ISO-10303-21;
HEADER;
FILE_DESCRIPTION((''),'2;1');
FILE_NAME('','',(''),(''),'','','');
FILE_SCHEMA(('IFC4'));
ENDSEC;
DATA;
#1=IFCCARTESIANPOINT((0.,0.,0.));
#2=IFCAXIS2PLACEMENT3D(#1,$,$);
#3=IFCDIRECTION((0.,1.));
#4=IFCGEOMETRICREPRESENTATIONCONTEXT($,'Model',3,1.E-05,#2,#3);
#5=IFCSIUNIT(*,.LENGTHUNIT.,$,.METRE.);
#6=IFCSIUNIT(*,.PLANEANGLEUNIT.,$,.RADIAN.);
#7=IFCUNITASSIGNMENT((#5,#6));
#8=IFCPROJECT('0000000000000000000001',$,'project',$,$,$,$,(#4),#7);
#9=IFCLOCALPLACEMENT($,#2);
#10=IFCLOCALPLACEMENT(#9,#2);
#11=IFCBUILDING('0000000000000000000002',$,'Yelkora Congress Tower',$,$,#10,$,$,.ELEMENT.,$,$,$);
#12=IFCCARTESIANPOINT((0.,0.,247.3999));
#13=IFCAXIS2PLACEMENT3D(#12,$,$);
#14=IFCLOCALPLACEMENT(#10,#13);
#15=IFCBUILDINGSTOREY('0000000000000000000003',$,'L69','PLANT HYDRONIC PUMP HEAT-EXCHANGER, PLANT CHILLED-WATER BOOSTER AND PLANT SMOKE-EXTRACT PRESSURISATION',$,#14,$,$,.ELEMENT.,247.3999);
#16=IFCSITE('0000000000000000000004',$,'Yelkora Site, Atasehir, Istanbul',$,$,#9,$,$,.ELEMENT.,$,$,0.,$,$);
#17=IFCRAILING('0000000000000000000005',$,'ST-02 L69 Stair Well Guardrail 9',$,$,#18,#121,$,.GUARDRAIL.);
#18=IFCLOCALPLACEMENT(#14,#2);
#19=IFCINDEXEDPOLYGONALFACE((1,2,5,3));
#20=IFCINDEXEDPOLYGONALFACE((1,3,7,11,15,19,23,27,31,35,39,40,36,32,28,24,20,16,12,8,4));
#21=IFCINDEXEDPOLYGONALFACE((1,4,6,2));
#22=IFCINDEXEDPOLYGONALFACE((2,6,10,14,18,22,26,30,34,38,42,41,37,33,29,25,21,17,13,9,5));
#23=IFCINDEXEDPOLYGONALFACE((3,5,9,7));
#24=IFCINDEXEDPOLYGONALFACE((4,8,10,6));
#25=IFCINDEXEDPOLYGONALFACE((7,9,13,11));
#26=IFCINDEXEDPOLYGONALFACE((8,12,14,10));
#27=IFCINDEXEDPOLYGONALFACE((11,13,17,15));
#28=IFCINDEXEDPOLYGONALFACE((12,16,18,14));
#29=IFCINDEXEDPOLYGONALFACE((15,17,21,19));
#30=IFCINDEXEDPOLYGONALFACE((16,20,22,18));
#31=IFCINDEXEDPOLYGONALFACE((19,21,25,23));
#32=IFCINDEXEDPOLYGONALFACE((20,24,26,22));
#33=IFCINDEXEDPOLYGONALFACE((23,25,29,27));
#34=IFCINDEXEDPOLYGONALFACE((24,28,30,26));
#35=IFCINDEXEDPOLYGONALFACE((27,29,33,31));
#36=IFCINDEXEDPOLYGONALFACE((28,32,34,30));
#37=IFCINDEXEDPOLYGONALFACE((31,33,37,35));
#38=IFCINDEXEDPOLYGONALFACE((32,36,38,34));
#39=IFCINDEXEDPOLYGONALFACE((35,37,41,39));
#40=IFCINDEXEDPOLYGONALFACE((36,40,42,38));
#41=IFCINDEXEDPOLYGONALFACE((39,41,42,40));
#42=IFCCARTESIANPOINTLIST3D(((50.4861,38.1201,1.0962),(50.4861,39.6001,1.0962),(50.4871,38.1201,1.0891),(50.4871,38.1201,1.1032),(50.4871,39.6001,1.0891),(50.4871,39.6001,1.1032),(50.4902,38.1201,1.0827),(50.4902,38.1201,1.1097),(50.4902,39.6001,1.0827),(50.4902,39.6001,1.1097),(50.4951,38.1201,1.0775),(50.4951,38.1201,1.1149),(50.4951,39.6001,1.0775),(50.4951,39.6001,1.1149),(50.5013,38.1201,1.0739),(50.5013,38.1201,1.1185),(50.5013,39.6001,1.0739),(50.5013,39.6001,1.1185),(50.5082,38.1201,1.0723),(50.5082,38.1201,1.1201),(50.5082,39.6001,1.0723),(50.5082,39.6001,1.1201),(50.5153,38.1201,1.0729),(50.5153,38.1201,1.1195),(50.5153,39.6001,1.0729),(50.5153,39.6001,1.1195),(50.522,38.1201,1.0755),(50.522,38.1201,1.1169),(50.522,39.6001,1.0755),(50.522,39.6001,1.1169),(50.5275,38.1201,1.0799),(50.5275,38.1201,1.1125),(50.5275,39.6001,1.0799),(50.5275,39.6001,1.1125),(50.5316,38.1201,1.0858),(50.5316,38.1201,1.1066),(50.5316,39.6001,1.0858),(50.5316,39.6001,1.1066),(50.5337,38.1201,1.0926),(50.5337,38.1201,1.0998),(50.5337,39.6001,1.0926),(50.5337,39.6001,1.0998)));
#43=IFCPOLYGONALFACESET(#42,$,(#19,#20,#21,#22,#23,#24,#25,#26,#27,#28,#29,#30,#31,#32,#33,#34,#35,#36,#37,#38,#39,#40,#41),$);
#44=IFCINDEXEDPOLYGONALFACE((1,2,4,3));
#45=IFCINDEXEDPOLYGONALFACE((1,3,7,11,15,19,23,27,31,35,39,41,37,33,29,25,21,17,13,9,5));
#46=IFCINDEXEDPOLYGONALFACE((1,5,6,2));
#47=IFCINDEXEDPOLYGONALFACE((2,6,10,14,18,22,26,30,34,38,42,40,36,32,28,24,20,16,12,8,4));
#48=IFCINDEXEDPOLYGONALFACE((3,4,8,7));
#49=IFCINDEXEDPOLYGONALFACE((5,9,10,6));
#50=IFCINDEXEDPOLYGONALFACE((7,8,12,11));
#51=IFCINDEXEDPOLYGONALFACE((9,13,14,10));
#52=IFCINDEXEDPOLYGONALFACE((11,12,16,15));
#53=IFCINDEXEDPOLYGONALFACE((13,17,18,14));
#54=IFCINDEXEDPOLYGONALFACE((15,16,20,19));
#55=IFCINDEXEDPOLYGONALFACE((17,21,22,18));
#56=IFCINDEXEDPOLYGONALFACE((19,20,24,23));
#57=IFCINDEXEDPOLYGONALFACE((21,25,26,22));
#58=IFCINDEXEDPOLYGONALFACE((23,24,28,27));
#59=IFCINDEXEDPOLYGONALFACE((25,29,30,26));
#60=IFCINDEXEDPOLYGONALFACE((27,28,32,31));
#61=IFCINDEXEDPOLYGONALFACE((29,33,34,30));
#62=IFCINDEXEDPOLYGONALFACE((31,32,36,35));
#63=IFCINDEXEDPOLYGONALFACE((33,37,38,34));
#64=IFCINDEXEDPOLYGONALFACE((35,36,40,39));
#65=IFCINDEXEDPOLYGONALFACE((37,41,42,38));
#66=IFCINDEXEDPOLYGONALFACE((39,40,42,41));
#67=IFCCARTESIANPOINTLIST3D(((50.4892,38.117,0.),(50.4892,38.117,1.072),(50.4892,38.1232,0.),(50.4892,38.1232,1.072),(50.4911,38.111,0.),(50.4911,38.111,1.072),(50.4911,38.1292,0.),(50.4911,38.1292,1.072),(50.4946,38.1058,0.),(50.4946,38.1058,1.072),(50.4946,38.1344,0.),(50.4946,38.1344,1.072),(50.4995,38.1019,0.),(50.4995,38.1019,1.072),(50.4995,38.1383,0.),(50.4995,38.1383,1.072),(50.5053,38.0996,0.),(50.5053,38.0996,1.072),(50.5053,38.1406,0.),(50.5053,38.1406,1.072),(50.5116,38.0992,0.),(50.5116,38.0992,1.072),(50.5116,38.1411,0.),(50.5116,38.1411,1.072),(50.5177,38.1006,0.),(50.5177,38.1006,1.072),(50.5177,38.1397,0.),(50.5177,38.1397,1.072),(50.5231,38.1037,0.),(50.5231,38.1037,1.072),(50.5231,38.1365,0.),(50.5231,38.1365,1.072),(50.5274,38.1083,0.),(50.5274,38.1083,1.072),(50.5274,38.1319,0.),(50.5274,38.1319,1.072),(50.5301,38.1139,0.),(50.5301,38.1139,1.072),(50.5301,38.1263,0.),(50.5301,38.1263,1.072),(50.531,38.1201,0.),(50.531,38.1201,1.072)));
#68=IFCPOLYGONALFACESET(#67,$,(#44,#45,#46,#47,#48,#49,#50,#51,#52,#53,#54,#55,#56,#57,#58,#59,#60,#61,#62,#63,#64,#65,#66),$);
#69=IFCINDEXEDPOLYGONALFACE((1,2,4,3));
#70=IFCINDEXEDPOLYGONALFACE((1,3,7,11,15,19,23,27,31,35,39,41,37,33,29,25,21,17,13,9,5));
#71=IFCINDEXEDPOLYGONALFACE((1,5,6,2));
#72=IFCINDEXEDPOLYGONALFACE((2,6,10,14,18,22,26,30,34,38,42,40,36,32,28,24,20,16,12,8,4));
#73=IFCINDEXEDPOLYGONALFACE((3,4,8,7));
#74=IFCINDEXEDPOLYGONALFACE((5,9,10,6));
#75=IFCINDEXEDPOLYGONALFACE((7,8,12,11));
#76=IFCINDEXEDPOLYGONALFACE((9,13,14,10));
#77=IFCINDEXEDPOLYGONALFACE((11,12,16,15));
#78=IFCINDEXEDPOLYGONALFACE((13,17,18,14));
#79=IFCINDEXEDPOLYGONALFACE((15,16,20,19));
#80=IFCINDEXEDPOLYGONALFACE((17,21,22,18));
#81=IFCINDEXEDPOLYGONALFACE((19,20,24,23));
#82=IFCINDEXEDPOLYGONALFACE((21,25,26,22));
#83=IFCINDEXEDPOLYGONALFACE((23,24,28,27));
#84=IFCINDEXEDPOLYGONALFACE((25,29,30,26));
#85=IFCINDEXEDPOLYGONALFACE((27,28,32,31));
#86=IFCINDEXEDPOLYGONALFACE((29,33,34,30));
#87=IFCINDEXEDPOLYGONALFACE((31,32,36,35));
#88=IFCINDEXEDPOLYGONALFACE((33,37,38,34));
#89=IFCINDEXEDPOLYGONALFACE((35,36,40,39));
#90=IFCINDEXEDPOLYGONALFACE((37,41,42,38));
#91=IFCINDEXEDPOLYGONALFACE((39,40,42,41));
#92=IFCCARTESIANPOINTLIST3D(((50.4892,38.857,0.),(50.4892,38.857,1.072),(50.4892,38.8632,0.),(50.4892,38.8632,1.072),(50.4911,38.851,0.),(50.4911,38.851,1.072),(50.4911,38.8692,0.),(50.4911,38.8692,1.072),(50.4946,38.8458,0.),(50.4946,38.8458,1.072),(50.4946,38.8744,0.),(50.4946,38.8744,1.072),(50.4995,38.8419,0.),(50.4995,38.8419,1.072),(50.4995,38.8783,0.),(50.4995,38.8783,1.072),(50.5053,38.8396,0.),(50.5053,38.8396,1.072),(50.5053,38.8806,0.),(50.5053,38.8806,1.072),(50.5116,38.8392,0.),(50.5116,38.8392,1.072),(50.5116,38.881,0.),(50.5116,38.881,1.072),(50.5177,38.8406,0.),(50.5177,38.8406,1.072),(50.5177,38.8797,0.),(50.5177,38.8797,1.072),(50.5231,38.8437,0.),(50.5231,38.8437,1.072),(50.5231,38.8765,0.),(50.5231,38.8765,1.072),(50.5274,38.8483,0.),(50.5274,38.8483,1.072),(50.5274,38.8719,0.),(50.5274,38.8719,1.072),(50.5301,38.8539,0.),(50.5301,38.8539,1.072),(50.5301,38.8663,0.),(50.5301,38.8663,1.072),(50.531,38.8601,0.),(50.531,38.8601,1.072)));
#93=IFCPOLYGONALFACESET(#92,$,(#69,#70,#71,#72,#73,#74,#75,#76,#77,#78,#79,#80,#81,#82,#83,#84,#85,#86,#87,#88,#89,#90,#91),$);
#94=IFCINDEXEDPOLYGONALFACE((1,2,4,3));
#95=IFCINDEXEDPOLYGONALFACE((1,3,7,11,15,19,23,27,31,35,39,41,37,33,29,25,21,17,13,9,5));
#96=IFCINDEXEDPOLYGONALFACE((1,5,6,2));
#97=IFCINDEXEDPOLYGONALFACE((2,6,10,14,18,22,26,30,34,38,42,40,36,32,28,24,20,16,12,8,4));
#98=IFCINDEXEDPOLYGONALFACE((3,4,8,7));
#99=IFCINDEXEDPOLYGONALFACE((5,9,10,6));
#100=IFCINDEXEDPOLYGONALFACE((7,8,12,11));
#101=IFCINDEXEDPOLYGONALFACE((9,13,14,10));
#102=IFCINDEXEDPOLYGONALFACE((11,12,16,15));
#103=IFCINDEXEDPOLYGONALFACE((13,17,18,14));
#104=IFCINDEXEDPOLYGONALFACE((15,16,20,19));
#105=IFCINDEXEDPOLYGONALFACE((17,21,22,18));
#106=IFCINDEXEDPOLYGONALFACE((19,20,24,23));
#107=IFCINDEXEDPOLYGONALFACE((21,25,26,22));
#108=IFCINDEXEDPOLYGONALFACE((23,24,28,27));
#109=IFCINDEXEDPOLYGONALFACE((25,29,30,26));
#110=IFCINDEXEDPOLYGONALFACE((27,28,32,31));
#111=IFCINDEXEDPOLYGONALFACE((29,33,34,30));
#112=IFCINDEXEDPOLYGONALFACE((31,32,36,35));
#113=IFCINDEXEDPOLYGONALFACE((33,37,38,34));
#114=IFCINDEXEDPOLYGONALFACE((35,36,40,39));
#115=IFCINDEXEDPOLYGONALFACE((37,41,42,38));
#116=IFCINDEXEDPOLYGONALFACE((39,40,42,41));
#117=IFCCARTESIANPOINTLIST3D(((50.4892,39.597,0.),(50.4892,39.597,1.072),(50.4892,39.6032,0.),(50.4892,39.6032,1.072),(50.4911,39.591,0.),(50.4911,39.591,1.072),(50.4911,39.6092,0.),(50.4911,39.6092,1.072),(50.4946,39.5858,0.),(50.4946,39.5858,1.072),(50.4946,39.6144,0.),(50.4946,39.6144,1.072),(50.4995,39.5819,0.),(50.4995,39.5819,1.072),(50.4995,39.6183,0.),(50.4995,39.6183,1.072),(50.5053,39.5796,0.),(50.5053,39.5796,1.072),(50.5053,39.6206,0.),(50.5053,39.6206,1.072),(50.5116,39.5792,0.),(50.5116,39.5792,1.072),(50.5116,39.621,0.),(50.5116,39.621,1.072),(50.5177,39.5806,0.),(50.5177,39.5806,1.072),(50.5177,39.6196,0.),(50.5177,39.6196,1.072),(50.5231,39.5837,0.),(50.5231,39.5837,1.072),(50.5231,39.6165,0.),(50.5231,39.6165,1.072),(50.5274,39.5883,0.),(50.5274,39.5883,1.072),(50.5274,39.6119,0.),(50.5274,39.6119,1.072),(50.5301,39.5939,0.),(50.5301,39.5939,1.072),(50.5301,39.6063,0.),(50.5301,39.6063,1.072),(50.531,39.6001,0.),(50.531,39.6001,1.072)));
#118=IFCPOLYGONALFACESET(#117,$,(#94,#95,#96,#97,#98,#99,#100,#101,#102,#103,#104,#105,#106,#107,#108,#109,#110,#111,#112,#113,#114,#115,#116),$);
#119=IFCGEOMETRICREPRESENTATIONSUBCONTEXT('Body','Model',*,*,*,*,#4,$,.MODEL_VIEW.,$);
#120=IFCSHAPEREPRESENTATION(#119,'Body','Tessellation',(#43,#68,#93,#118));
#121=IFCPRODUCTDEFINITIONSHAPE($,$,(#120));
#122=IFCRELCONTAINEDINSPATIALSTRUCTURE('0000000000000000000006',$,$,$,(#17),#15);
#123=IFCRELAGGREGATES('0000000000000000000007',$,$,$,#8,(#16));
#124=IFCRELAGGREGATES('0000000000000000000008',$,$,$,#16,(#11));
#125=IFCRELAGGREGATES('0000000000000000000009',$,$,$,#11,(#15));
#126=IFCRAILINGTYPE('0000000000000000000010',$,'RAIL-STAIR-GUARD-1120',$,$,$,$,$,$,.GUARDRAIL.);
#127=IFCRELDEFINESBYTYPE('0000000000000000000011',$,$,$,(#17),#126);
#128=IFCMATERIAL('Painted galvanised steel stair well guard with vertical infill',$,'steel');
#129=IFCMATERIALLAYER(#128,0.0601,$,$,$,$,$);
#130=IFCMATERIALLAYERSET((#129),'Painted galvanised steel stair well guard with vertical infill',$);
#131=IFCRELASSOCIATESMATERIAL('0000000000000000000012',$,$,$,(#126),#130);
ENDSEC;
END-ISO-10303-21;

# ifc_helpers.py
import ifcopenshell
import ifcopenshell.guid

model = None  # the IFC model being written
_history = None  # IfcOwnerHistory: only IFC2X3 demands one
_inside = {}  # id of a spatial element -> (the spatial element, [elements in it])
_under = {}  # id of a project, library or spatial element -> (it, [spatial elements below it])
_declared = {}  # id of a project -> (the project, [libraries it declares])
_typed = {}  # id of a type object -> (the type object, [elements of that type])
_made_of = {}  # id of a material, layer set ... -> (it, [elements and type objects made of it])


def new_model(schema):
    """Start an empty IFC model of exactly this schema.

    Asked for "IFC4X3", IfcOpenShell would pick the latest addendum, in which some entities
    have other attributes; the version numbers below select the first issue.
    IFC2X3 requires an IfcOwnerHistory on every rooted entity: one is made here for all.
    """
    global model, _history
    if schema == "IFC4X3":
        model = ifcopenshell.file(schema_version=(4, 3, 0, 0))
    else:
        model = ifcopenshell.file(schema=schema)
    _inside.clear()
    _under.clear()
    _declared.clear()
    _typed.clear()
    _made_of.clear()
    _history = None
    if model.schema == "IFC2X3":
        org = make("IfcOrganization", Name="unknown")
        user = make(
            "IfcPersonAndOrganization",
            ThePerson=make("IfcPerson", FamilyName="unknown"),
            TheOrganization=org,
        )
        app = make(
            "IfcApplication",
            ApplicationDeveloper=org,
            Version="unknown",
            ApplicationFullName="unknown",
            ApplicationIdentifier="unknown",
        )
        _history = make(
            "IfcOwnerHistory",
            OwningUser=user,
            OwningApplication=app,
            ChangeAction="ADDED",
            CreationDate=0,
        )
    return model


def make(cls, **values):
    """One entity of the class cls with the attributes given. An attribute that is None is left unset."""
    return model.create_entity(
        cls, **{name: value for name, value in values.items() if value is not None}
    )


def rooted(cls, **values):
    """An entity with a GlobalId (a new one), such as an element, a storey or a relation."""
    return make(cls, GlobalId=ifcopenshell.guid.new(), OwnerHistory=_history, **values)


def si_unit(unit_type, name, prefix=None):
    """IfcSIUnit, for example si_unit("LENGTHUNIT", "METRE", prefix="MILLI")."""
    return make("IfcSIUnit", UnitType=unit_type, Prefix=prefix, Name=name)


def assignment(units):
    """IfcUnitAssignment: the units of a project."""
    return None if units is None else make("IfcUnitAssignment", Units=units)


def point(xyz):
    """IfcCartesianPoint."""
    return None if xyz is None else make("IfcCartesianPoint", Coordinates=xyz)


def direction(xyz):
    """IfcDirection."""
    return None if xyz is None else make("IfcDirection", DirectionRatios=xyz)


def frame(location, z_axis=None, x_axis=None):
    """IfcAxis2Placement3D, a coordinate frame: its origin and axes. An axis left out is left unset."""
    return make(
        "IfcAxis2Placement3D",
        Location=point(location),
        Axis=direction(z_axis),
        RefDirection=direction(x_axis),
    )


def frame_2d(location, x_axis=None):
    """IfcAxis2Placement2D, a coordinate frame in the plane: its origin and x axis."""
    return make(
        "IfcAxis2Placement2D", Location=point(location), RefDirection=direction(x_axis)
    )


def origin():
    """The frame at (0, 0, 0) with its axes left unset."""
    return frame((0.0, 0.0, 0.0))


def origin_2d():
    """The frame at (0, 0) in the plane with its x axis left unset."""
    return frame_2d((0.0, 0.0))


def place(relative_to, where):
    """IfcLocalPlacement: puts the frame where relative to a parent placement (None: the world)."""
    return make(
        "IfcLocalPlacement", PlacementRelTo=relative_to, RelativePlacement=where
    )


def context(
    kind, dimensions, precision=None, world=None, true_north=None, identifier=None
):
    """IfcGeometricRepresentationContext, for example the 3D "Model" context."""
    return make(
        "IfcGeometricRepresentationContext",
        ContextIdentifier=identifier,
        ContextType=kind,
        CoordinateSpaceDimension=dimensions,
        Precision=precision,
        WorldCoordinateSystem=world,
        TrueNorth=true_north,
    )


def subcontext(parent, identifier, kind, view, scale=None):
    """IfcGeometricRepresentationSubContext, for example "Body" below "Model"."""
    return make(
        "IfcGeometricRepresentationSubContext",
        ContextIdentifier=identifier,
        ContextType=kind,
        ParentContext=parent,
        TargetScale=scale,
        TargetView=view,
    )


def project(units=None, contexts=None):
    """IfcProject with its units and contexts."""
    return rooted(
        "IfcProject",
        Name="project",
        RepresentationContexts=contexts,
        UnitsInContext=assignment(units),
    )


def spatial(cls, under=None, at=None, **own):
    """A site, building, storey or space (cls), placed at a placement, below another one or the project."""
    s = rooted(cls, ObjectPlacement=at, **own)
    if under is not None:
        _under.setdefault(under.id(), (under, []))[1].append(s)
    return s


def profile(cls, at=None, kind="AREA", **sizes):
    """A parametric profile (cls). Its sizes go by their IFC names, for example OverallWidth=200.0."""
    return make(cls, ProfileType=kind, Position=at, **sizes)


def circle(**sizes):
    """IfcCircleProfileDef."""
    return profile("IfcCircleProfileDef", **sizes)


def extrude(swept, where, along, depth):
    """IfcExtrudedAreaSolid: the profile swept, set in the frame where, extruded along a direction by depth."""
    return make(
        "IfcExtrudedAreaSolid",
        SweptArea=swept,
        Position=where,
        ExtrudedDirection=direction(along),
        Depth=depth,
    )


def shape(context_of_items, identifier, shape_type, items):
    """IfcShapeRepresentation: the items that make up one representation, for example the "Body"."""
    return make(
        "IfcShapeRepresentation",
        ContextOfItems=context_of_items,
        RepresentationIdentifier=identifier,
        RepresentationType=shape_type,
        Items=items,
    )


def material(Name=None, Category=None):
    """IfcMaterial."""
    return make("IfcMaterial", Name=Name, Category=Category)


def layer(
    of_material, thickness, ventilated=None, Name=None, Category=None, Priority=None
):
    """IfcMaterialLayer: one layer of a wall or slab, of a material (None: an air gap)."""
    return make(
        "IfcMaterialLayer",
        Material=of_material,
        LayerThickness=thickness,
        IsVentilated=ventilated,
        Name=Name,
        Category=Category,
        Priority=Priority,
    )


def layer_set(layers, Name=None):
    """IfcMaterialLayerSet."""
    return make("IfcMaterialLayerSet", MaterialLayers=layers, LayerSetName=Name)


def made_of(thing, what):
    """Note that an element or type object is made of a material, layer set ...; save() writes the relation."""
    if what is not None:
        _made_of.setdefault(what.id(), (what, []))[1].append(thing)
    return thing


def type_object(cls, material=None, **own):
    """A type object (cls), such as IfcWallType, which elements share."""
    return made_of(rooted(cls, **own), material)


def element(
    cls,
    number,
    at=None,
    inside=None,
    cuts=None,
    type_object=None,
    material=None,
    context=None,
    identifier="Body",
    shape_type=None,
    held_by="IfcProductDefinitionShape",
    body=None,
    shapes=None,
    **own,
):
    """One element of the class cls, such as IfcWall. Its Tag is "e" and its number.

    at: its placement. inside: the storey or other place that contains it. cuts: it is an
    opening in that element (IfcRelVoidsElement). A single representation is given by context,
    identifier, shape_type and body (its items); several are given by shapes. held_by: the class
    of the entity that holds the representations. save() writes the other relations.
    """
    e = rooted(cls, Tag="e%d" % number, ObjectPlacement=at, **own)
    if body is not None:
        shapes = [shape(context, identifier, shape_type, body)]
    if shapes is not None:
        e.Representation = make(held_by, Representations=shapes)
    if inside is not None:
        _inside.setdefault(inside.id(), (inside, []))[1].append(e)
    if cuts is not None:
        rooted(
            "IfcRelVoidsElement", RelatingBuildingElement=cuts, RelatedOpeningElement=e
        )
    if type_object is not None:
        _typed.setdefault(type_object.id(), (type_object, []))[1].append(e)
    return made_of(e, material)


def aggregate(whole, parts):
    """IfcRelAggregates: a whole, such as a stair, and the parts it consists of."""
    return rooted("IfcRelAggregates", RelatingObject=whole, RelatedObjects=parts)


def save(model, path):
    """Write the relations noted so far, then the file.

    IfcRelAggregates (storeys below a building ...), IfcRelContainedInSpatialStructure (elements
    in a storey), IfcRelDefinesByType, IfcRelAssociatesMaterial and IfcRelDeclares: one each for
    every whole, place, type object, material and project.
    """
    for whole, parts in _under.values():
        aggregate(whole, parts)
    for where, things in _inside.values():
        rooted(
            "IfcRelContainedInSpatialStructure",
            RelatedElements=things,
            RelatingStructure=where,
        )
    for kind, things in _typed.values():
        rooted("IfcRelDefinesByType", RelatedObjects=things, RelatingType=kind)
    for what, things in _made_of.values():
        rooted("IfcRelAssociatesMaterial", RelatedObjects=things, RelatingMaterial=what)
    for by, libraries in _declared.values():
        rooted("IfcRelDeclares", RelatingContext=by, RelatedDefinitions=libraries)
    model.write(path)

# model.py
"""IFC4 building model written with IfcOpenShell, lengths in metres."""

from ifc_helpers import new_model, si_unit, direction, frame, origin, origin_2d, place, context, subcontext, project, spatial, circle, extrude, material, layer, layer_set, type_object, element, save


model = new_model("IFC4")

# Units and contexts
model_context = context("Model", 3, precision=1e-05, world=origin(), true_north=direction((0.0, 1.0)))
body_context = subcontext(model_context, "Body", "Model", "MODEL_VIEW")
ifc_project = project(units=[si_unit("LENGTHUNIT", "METRE"), si_unit("PLANEANGLEUNIT", "RADIAN")], contexts=[model_context])

# Site, building, storey
site_placement = place(None, origin())
site = spatial("IfcSite", under=ifc_project, at=site_placement, Name="Yelkora Site, Atasehir, Istanbul", CompositionType="ELEMENT", RefElevation=0.0)
building_placement = place(site_placement, origin())
building = spatial("IfcBuilding", under=site, at=building_placement, Name="Yelkora Congress Tower", CompositionType="ELEMENT")
storey_placement = place(building_placement, frame((0.0, 0.0, 247.3999)))
storey = spatial("IfcBuildingStorey", under=building, at=storey_placement, Name="L69", Description="PLANT HYDRONIC PUMP HEAT-EXCHANGER, PLANT CHILLED-WATER BOOSTER AND PLANT SMOKE-EXTRACT PRESSURISATION", CompositionType="ELEMENT", Elevation=247.3999)

# Railing
ifc_material_1 = material(Name="Painted galvanised steel stair well guard with vertical infill", Category="steel")
ifc_layer_1 = layer(ifc_material_1, 0.0601)
ifc_layer_set_1 = layer_set([ifc_layer_1], Name="Painted galvanised steel stair well guard with vertical infill")
railing_type_1 = type_object("IfcRailingType", Name="RAIL-STAIR-GUARD-1120", PredefinedType="GUARDRAIL", material=ifc_layer_set_1)
for number, where, name in (
    (1, (50.51, 38.1201, 0.0), "ST-02 L69 Stair Well Guardrail 9"),
):
    element("IfcRailing", number, at=place(storey_placement, frame(where)), inside=storey, type_object=railing_type_1, Name=name, PredefinedType="GUARDRAIL", context=body_context, shape_type="SweptSolid", body=[
        extrude(circle(Radius=0.0239, at=origin_2d()), frame((0.0, 0.0, 1.0962), z_axis=(0.0, 1.0, 0.0), x_axis=(-1.0, 0.0, 0.0)), (0.0, 0.0, 1.0), 1.48),
        extrude(circle(Radius=0.021, at=origin_2d()), origin(), (0.0, 0.0, 1.0), 1.072),
        extrude(circle(Radius=0.021, at=origin_2d()), frame((0.0, 0.74, 0.0)), (0.0, 0.0, 1.0), 1.072),
        extrude(circle(Radius=0.021, at=origin_2d()), frame((0.0, 1.48, 0.0)), (0.0, 0.0, 1.0), 1.072),
    ])

save(model, "model.ifc")
